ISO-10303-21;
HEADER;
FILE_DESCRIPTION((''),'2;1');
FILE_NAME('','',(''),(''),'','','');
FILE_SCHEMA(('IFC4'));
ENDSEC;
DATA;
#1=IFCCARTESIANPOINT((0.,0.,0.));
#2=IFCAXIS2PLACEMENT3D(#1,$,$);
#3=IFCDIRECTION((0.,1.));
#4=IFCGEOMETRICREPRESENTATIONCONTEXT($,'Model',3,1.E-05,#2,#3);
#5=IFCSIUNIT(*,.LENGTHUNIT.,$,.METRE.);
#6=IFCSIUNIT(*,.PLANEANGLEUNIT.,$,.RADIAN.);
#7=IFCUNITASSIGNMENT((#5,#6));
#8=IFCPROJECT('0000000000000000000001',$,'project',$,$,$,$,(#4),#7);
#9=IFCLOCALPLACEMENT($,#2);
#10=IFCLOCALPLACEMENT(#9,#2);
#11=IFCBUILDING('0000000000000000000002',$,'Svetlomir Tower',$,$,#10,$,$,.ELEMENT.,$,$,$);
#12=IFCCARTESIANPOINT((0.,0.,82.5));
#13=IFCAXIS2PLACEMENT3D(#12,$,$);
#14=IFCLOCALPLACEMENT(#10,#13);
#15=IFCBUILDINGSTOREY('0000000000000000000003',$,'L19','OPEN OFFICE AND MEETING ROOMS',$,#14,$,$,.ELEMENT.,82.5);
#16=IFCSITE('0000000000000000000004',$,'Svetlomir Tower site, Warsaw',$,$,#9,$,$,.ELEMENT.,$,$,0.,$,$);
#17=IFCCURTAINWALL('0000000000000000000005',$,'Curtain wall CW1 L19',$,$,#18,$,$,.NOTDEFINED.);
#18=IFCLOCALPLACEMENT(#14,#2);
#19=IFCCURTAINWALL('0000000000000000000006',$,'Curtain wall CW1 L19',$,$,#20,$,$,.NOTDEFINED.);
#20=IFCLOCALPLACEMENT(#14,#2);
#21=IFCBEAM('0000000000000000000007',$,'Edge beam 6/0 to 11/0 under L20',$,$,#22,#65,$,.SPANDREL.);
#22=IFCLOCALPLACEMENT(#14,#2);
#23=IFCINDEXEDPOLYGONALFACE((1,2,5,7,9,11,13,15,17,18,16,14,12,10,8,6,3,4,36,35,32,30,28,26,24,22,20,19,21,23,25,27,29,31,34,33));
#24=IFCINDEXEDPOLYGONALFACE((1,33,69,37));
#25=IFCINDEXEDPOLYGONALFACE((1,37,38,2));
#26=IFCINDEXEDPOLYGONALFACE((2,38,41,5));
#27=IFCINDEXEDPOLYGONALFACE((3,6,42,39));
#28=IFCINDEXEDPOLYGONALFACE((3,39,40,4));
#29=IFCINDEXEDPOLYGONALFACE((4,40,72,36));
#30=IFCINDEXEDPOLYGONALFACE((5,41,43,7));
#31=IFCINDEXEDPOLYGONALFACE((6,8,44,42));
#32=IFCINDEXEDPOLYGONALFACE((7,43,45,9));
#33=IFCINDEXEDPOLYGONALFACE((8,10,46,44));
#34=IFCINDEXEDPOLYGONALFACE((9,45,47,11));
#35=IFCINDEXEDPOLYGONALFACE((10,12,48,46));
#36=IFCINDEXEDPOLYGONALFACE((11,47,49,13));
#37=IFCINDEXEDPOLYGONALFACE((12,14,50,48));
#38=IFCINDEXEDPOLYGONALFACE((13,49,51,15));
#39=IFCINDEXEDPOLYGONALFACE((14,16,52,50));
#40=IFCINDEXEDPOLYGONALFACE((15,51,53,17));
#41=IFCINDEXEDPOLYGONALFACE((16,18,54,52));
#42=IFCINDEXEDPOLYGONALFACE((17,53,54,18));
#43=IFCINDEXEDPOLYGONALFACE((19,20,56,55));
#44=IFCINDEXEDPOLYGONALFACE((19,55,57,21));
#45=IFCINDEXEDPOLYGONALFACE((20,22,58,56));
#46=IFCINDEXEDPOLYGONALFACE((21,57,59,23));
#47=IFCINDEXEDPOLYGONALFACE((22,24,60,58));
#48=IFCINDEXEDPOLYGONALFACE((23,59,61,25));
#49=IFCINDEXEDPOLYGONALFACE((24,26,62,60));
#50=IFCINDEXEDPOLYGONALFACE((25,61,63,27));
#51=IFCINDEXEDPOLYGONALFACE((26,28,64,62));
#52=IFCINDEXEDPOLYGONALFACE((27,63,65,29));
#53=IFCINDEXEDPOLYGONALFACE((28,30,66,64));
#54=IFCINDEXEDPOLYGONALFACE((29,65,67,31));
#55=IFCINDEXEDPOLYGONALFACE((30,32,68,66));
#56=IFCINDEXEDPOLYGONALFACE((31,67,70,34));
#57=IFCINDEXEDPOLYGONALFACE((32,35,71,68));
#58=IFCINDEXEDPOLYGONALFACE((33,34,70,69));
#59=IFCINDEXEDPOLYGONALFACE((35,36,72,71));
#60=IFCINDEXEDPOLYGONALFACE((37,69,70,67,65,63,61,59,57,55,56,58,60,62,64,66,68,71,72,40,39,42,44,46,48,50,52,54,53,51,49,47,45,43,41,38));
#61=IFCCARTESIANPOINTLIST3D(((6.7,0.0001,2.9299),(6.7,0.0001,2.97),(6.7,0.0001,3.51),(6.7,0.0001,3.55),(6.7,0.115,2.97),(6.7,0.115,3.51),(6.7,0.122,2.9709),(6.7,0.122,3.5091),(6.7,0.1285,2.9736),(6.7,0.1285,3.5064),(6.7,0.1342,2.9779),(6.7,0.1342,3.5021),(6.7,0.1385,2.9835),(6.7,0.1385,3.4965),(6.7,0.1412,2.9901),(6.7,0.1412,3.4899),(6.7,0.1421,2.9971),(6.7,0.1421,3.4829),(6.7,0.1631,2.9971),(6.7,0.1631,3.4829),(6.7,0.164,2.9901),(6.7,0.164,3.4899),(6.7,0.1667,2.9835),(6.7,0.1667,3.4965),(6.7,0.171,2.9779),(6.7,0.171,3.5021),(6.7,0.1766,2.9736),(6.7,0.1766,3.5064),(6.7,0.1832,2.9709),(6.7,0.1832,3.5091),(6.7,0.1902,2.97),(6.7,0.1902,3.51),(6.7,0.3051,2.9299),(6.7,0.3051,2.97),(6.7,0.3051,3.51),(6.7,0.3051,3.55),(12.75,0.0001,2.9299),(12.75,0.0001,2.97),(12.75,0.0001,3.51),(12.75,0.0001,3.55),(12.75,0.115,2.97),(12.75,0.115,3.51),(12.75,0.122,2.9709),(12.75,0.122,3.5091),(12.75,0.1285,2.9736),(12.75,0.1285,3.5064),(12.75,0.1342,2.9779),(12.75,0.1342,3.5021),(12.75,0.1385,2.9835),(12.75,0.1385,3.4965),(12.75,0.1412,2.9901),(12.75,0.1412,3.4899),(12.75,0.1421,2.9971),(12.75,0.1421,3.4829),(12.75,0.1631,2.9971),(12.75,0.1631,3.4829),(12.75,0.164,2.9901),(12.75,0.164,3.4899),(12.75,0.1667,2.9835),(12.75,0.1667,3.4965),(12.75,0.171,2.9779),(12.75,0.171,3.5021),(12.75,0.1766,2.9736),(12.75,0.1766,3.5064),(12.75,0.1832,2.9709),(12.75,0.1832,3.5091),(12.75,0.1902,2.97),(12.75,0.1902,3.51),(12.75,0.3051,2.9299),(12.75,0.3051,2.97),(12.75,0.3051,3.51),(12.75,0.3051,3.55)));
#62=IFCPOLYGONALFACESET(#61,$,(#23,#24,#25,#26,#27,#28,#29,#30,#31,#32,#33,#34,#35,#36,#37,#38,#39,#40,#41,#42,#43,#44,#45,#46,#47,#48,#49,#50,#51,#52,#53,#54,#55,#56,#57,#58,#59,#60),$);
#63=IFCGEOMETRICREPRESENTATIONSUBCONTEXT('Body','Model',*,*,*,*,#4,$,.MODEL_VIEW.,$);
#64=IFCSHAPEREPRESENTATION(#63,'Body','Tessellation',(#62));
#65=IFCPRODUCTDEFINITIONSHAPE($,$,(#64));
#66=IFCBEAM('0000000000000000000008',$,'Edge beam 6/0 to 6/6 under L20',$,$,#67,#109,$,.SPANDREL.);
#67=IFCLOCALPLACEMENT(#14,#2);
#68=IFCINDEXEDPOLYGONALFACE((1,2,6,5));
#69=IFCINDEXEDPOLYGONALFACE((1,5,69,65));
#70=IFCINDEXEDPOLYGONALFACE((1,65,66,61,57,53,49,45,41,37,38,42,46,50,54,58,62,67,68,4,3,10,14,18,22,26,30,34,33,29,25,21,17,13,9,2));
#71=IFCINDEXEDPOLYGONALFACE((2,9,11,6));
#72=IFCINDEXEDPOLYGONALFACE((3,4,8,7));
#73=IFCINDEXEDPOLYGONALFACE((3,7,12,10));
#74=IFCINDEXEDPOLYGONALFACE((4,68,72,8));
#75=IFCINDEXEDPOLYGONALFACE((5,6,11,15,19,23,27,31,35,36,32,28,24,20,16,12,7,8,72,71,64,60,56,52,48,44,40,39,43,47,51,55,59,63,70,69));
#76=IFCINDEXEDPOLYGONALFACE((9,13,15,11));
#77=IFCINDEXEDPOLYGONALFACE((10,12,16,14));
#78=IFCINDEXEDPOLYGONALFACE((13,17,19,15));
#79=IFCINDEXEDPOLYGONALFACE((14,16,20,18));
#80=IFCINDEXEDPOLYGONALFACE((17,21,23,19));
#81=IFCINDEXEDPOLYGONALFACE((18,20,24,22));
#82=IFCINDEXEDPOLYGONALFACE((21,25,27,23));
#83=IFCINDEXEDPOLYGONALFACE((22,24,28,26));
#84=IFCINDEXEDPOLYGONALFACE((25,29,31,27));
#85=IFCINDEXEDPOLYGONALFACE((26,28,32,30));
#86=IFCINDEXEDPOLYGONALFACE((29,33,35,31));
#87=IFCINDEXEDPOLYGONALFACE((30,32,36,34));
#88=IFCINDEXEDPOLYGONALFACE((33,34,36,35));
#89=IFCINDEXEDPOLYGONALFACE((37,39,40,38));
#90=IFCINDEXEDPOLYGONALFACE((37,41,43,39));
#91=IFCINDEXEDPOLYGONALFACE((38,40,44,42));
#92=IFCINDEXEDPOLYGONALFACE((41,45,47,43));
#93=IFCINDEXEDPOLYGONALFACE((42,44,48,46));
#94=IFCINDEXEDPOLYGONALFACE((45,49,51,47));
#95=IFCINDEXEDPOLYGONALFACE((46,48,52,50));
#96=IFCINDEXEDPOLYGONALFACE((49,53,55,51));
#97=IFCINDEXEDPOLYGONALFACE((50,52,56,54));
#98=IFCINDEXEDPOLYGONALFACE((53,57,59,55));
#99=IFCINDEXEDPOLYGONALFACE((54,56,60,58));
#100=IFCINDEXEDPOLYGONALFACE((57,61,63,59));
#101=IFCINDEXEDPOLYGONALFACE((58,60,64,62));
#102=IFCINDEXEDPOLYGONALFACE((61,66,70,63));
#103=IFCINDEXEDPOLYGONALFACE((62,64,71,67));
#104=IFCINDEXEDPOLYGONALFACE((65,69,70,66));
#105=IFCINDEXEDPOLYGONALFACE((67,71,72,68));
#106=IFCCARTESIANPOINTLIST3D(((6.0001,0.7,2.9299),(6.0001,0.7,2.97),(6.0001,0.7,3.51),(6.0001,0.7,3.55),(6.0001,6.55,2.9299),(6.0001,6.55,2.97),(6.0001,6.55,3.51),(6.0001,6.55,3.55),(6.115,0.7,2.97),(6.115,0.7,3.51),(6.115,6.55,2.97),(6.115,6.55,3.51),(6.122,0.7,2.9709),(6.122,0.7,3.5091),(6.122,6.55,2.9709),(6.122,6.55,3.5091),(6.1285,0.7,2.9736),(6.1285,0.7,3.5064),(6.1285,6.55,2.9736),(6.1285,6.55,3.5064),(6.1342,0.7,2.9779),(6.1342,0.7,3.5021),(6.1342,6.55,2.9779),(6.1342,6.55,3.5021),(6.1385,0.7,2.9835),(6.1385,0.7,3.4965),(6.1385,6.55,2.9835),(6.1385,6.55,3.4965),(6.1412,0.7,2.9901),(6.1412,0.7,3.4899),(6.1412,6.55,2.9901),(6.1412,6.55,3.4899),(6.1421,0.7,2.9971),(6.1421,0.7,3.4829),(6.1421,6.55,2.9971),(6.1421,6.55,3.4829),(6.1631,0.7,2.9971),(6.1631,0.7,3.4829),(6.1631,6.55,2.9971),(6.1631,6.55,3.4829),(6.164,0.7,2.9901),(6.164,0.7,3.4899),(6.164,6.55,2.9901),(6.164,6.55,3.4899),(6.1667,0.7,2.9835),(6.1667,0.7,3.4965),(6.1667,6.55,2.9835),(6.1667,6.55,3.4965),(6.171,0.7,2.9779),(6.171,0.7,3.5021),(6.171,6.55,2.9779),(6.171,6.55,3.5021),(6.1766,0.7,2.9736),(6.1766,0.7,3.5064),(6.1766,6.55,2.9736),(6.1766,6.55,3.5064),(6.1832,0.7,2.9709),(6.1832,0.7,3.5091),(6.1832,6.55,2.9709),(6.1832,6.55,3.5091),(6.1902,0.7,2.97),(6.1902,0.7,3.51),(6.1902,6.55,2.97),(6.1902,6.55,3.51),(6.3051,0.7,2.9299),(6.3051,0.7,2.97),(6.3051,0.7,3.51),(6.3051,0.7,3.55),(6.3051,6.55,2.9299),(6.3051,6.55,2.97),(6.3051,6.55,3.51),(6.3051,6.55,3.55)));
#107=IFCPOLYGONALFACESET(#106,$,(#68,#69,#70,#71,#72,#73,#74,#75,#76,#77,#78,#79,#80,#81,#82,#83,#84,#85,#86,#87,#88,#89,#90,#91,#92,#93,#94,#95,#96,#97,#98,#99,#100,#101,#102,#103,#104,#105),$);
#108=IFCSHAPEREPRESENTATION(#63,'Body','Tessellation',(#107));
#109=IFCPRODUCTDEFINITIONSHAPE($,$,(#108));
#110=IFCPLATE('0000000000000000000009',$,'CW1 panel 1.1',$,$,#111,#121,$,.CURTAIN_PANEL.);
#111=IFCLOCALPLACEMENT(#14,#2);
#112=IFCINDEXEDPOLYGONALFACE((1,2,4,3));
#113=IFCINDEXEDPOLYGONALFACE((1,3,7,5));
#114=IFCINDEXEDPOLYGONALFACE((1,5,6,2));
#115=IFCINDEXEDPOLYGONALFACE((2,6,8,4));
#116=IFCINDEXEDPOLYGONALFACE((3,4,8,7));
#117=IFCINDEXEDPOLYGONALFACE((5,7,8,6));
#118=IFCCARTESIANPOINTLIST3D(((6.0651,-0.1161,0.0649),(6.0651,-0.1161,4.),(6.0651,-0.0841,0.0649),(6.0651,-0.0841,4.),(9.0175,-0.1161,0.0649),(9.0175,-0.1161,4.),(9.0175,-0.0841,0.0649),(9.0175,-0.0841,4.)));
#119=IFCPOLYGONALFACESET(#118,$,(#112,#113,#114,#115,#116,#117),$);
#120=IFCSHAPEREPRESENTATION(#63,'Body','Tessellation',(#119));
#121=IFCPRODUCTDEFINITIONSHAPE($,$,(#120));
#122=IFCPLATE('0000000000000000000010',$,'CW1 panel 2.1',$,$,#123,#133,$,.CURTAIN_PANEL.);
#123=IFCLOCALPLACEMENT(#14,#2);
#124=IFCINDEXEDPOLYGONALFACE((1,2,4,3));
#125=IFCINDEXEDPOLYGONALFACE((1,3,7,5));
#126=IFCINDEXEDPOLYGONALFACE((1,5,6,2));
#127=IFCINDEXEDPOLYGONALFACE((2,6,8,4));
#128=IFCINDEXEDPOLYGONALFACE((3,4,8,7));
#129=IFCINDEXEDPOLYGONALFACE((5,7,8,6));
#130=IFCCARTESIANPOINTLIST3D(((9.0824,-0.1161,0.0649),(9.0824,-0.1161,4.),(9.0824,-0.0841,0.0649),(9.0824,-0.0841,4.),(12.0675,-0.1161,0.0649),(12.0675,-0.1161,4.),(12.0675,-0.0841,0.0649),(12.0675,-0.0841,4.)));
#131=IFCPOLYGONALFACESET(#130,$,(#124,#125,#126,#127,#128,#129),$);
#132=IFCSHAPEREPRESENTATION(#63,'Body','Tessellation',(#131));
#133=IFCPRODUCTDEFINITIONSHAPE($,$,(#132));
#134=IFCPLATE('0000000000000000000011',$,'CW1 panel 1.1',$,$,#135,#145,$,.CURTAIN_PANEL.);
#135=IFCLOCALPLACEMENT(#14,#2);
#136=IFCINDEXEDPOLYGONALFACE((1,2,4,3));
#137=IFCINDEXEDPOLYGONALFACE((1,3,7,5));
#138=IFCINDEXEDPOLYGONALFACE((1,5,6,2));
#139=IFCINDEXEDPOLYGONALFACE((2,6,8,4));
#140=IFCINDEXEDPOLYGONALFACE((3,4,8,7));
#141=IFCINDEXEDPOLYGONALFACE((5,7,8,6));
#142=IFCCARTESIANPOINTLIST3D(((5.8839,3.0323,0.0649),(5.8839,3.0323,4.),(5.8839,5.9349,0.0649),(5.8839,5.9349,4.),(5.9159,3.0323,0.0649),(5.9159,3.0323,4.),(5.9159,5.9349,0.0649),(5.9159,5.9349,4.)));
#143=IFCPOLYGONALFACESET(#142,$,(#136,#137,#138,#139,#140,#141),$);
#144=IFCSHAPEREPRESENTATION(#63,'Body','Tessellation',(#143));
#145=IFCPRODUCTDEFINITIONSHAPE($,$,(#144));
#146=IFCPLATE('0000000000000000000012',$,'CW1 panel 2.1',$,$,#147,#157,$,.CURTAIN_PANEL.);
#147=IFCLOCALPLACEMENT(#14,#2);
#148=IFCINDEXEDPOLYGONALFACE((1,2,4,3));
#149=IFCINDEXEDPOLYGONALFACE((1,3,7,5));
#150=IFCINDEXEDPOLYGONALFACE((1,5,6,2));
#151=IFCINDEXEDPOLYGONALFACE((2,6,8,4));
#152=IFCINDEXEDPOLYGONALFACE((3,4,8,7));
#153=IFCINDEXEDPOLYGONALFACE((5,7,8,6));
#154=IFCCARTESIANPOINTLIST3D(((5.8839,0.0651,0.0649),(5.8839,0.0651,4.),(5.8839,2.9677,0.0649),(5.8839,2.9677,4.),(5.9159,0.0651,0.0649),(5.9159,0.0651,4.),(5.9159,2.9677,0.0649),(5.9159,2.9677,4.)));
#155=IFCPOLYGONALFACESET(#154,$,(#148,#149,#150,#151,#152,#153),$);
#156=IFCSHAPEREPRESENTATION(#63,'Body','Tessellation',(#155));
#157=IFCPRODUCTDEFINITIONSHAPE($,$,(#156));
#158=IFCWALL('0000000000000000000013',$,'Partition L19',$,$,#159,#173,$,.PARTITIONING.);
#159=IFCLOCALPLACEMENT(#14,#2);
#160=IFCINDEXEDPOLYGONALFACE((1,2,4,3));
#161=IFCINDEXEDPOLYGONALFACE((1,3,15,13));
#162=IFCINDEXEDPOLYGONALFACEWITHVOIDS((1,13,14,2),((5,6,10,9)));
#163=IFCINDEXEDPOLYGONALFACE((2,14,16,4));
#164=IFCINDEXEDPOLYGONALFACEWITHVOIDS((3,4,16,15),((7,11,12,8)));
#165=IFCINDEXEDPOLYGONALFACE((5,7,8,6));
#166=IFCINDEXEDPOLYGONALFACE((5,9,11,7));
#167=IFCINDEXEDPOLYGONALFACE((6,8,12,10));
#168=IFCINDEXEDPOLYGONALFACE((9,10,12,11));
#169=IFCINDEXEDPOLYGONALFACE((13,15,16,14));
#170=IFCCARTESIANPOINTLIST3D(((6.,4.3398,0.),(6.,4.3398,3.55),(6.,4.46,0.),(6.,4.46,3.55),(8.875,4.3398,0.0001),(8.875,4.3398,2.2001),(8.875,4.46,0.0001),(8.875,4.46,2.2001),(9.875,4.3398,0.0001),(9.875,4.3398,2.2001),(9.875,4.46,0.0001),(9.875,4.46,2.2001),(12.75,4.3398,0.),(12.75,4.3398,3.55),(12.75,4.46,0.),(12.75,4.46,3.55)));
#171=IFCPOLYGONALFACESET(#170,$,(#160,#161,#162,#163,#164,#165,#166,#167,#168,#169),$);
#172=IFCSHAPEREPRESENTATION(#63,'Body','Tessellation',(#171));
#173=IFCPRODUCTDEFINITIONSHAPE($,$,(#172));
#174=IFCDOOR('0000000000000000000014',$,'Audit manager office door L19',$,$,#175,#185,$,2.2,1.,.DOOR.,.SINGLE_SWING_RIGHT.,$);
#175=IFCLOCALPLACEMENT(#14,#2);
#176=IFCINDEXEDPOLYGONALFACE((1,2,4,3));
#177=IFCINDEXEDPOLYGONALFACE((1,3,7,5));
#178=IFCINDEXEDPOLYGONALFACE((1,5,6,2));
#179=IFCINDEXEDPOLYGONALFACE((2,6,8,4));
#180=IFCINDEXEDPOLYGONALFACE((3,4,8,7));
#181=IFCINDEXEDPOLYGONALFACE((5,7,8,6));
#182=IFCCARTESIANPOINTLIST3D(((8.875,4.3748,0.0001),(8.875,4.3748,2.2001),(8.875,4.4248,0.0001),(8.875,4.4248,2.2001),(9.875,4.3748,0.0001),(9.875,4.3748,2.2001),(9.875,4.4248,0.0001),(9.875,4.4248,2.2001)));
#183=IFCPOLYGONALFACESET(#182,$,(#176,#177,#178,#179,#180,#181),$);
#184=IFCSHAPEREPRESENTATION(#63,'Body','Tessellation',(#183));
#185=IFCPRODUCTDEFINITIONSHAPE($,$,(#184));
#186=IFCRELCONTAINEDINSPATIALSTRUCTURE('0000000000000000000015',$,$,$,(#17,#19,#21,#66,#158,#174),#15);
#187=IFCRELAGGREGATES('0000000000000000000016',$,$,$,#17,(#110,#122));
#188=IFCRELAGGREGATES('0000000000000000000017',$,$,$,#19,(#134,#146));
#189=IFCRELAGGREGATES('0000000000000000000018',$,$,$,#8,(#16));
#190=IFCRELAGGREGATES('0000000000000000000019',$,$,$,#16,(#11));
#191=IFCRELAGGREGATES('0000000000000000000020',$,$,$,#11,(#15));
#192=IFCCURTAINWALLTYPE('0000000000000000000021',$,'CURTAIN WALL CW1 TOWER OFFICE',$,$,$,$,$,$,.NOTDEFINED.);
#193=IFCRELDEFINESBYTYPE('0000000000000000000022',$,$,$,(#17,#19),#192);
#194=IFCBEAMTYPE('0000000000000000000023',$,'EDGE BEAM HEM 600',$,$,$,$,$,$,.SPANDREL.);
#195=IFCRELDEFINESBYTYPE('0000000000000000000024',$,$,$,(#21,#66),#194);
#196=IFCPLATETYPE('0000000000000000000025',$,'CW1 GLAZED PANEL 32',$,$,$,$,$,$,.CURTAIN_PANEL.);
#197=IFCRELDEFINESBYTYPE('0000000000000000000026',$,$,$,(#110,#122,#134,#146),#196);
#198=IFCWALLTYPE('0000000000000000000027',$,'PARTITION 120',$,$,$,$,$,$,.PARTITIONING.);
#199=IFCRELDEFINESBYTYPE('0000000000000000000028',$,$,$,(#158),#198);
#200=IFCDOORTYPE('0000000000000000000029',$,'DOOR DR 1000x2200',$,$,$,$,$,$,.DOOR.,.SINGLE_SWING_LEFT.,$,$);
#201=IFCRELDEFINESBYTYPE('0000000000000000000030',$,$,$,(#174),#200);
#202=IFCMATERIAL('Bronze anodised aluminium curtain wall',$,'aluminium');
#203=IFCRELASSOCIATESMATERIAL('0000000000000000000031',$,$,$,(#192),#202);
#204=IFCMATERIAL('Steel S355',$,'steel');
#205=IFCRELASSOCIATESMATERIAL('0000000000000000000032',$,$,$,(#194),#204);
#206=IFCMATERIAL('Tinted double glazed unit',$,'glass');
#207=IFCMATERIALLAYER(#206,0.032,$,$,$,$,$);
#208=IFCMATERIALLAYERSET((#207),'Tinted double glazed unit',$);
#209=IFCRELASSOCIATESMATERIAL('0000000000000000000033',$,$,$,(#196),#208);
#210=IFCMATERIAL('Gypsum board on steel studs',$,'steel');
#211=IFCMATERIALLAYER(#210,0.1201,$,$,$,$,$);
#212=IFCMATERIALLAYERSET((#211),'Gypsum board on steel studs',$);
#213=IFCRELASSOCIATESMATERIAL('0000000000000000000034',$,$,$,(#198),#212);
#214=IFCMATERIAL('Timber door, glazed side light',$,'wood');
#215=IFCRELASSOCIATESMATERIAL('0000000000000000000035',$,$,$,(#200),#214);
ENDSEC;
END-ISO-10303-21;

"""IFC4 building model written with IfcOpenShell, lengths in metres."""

from ifc_helpers import new_model, si_unit, direction, frame, frame_2d, origin, origin_2d, place, context, subcontext, project, spatial, rectangle, i_section, extrude, material, layer, layer_set, material_profile, profile_set, type_object, element, fill, aggregate, save


model = new_model("IFC4")

# Units and contexts
model_context = context("Model", 3, precision=1e-05, world=origin(), true_north=direction((0.0, 1.0)))
body_context = subcontext(model_context, "Body", "Model", "MODEL_VIEW")
ifc_project = project(units=[si_unit("LENGTHUNIT", "METRE"), si_unit("PLANEANGLEUNIT", "RADIAN")], contexts=[model_context])

# Site, building, storey
site_placement = place(None, origin())
site = spatial("IfcSite", under=ifc_project, at=site_placement, Name="Svetlomir Tower site, Warsaw", CompositionType="ELEMENT", RefElevation=0.0)
building_placement = place(site_placement, origin())
building = spatial("IfcBuilding", under=site, at=building_placement, Name="Svetlomir Tower", CompositionType="ELEMENT")
storey_placement = place(building_placement, frame((0.0, 0.0, 82.5)))
storey = spatial("IfcBuildingStorey", under=building, at=storey_placement, Name="L19", Description="OPEN OFFICE AND MEETING ROOMS", CompositionType="ELEMENT", Elevation=82.5)

# Curtain walls
ifc_material_1 = material(Name="Bronze anodised aluminium curtain wall", Category="aluminium")
curtain_wall_type = type_object("IfcCurtainWallType", Name="CURTAIN WALL CW1 TOWER OFFICE", PredefinedType="NOTDEFINED", material=ifc_material_1)
curtain_wall_1_placement = place(storey_placement, origin())
curtain_wall_1 = element("IfcCurtainWall", 1, at=curtain_wall_1_placement, inside=storey, type_object=curtain_wall_type, Name="Curtain wall CW1 L19", PredefinedType="NOTDEFINED")
curtain_wall_2_placement = place(storey_placement, origin())
curtain_wall_2 = element("IfcCurtainWall", 2, at=curtain_wall_2_placement, inside=storey, type_object=curtain_wall_type, Name="Curtain wall CW1 L19", PredefinedType="NOTDEFINED")

# Beams
ifc_material_2 = material(Name="Steel S355", Category="steel")
ifc_material_profile_1 = material_profile(ifc_material_2, i_section(OverallWidth=0.3049, OverallDepth=0.6201, WebThickness=0.021, FlangeThickness=0.04, FilletRadius=0.0271, at=origin_2d()), Name="HEM 600")
ifc_profile_set_1 = profile_set([ifc_material_profile_1], Name="Steel S355")
beam_type = type_object("IfcBeamType", Name="EDGE BEAM HEM 600", PredefinedType="SPANDREL", material=ifc_profile_set_1)
beam_1_placement = place(storey_placement, frame((6.7, 0.1526, 3.24), z_axis=(1.0, 0.0, 0.0), x_axis=(0.0, 1.0, 0.0)))
element("IfcBeam", 3, at=beam_1_placement, inside=storey, type_object=beam_type, Name="Edge beam 6/0 to 11/0 under L20", PredefinedType="SPANDREL", context=body_context, shape_type="SweptSolid", body=[
    extrude(i_section(OverallWidth=0.3049, OverallDepth=0.6201, WebThickness=0.021, FlangeThickness=0.04, FilletRadius=0.0271, at=origin_2d()), origin(), (0.0, 0.0, 1.0), 6.05),
])
beam_2_placement = place(storey_placement, frame((6.1526, 0.7, 3.24), z_axis=(0.0, 1.0, 0.0), x_axis=(-1.0, 0.0, 0.0)))
element("IfcBeam", 4, at=beam_2_placement, inside=storey, type_object=beam_type, Name="Edge beam 6/0 to 6/6 under L20", PredefinedType="SPANDREL", context=body_context, shape_type="SweptSolid", body=[
    extrude(i_section(OverallWidth=0.3049, OverallDepth=0.6201, WebThickness=0.021, FlangeThickness=0.04, FilletRadius=0.0271, at=origin_2d()), origin(), (0.0, 0.0, 1.0), 5.8501),
])

# Plates
ifc_material_3 = material(Name="Tinted double glazed unit", Category="glass")
ifc_layer_1 = layer(ifc_material_3, 0.032)
ifc_layer_set_1 = layer_set([ifc_layer_1], Name="Tinted double glazed unit")
plate_type = type_object("IfcPlateType", Name="CW1 GLAZED PANEL 32", PredefinedType="CURTAIN_PANEL", material=ifc_layer_set_1)
plate_1_placement = place(storey_placement, frame((7.5413, -0.1001, 0.0649), z_axis=(0.0, 0.0, 1.0), x_axis=(1.0, 0.0, 0.0)))
plate_1 = element("IfcPlate", 5, at=plate_1_placement, type_object=plate_type, Name="CW1 panel 1.1", PredefinedType="CURTAIN_PANEL", context=body_context, shape_type="SweptSolid", body=[
    extrude(rectangle(XDim=2.9524, YDim=0.032, at=origin_2d()), origin(), (0.0, 0.0, 1.0), 3.9351),
])
plate_2_placement = place(storey_placement, frame((10.575, -0.1001, 0.0649), z_axis=(0.0, 0.0, 1.0), x_axis=(1.0, 0.0, 0.0)))
plate_2 = element("IfcPlate", 6, at=plate_2_placement, type_object=plate_type, Name="CW1 panel 2.1", PredefinedType="CURTAIN_PANEL", context=body_context, shape_type="SweptSolid", body=[
    extrude(rectangle(XDim=2.9851, YDim=0.032, at=origin_2d()), origin(), (0.0, 0.0, 1.0), 3.9351),
])
aggregate(curtain_wall_1, [plate_1, plate_2])
plate_3_placement = place(storey_placement, frame((5.8999, 4.4836, 0.0649), z_axis=(0.0, 0.0, 1.0), x_axis=(0.0, -1.0, 0.0)))
plate_3 = element("IfcPlate", 7, at=plate_3_placement, type_object=plate_type, Name="CW1 panel 1.1", PredefinedType="CURTAIN_PANEL", context=body_context, shape_type="SweptSolid", body=[
    extrude(rectangle(XDim=2.9026, YDim=0.032, at=origin_2d()), origin(), (0.0, 0.0, 1.0), 3.9351),
])
plate_4_placement = place(storey_placement, frame((5.8999, 1.5164, 0.0649), z_axis=(0.0, 0.0, 1.0), x_axis=(0.0, -1.0, 0.0)))
plate_4 = element("IfcPlate", 8, at=plate_4_placement, type_object=plate_type, Name="CW1 panel 2.1", PredefinedType="CURTAIN_PANEL", context=body_context, shape_type="SweptSolid", body=[
    extrude(rectangle(XDim=2.9026, YDim=0.032, at=origin_2d()), origin(), (0.0, 0.0, 1.0), 3.9351),
])
aggregate(curtain_wall_2, [plate_3, plate_4])

# Wall, opening, door
ifc_material_4 = material(Name="Gypsum board on steel studs", Category="steel")
ifc_layer_2 = layer(ifc_material_4, 0.1201)
ifc_layer_set_2 = layer_set([ifc_layer_2], Name="Gypsum board on steel studs")
wall_type = type_object("IfcWallType", Name="PARTITION 120", PredefinedType="PARTITIONING", material=ifc_layer_set_2)
wall_placement = place(storey_placement, frame((6.0, 4.3999, 0.0), z_axis=(0.0, 0.0, 1.0), x_axis=(1.0, 0.0, 0.0)))
wall = element("IfcWall", 9, at=wall_placement, inside=storey, type_object=wall_type, Name="Partition L19", PredefinedType="PARTITIONING", context=body_context, shape_type="SweptSolid", body=[
    extrude(rectangle(XDim=6.75, YDim=0.1201, at=frame_2d((3.375, 0.0))), origin(), (0.0, 0.0, 1.0), 3.55),
])
opening_placement = place(wall_placement, frame((2.875, 0.0, 0.0)))
opening = element("IfcOpeningElement", 10, at=opening_placement, cuts=wall, PredefinedType="OPENING", context=body_context, shape_type="SweptSolid", body=[
    extrude(rectangle(XDim=1.0, YDim=2.2, at=frame_2d((0.5, 1.1001))), frame((0.0, 0.0701, 0.0), z_axis=(0.0, -1.0, 0.0), x_axis=(1.0, 0.0, 0.0)), (0.0, 0.0, 1.0), 0.1401),
])
ifc_material_5 = material(Name="Timber door, glazed side light", Category="wood")
door_type = type_object("IfcDoorType", Name="DOOR DR 1000x2200", OperationType="SINGLE_SWING_LEFT", PredefinedType="DOOR", material=ifc_material_5)
door_placement = place(opening_placement, origin())
door = element("IfcDoor", 11, at=door_placement, inside=storey, type_object=door_type, Name="Audit manager office door L19", OperationType="SINGLE_SWING_RIGHT", OverallHeight=2.2, OverallWidth=1.0, PredefinedType="DOOR", context=body_context, shape_type="SweptSolid", body=[
    extrude(rectangle(XDim=1.0, YDim=2.2, at=frame_2d((0.5, 1.1001))), frame((0.0, 0.0249, 0.0), z_axis=(0.0, -1.0, 0.0), x_axis=(1.0, 0.0, 0.0)), (0.0, 0.0, 1.0), 0.05),
])
fill(opening, door)

save(model, "model.ifc")
